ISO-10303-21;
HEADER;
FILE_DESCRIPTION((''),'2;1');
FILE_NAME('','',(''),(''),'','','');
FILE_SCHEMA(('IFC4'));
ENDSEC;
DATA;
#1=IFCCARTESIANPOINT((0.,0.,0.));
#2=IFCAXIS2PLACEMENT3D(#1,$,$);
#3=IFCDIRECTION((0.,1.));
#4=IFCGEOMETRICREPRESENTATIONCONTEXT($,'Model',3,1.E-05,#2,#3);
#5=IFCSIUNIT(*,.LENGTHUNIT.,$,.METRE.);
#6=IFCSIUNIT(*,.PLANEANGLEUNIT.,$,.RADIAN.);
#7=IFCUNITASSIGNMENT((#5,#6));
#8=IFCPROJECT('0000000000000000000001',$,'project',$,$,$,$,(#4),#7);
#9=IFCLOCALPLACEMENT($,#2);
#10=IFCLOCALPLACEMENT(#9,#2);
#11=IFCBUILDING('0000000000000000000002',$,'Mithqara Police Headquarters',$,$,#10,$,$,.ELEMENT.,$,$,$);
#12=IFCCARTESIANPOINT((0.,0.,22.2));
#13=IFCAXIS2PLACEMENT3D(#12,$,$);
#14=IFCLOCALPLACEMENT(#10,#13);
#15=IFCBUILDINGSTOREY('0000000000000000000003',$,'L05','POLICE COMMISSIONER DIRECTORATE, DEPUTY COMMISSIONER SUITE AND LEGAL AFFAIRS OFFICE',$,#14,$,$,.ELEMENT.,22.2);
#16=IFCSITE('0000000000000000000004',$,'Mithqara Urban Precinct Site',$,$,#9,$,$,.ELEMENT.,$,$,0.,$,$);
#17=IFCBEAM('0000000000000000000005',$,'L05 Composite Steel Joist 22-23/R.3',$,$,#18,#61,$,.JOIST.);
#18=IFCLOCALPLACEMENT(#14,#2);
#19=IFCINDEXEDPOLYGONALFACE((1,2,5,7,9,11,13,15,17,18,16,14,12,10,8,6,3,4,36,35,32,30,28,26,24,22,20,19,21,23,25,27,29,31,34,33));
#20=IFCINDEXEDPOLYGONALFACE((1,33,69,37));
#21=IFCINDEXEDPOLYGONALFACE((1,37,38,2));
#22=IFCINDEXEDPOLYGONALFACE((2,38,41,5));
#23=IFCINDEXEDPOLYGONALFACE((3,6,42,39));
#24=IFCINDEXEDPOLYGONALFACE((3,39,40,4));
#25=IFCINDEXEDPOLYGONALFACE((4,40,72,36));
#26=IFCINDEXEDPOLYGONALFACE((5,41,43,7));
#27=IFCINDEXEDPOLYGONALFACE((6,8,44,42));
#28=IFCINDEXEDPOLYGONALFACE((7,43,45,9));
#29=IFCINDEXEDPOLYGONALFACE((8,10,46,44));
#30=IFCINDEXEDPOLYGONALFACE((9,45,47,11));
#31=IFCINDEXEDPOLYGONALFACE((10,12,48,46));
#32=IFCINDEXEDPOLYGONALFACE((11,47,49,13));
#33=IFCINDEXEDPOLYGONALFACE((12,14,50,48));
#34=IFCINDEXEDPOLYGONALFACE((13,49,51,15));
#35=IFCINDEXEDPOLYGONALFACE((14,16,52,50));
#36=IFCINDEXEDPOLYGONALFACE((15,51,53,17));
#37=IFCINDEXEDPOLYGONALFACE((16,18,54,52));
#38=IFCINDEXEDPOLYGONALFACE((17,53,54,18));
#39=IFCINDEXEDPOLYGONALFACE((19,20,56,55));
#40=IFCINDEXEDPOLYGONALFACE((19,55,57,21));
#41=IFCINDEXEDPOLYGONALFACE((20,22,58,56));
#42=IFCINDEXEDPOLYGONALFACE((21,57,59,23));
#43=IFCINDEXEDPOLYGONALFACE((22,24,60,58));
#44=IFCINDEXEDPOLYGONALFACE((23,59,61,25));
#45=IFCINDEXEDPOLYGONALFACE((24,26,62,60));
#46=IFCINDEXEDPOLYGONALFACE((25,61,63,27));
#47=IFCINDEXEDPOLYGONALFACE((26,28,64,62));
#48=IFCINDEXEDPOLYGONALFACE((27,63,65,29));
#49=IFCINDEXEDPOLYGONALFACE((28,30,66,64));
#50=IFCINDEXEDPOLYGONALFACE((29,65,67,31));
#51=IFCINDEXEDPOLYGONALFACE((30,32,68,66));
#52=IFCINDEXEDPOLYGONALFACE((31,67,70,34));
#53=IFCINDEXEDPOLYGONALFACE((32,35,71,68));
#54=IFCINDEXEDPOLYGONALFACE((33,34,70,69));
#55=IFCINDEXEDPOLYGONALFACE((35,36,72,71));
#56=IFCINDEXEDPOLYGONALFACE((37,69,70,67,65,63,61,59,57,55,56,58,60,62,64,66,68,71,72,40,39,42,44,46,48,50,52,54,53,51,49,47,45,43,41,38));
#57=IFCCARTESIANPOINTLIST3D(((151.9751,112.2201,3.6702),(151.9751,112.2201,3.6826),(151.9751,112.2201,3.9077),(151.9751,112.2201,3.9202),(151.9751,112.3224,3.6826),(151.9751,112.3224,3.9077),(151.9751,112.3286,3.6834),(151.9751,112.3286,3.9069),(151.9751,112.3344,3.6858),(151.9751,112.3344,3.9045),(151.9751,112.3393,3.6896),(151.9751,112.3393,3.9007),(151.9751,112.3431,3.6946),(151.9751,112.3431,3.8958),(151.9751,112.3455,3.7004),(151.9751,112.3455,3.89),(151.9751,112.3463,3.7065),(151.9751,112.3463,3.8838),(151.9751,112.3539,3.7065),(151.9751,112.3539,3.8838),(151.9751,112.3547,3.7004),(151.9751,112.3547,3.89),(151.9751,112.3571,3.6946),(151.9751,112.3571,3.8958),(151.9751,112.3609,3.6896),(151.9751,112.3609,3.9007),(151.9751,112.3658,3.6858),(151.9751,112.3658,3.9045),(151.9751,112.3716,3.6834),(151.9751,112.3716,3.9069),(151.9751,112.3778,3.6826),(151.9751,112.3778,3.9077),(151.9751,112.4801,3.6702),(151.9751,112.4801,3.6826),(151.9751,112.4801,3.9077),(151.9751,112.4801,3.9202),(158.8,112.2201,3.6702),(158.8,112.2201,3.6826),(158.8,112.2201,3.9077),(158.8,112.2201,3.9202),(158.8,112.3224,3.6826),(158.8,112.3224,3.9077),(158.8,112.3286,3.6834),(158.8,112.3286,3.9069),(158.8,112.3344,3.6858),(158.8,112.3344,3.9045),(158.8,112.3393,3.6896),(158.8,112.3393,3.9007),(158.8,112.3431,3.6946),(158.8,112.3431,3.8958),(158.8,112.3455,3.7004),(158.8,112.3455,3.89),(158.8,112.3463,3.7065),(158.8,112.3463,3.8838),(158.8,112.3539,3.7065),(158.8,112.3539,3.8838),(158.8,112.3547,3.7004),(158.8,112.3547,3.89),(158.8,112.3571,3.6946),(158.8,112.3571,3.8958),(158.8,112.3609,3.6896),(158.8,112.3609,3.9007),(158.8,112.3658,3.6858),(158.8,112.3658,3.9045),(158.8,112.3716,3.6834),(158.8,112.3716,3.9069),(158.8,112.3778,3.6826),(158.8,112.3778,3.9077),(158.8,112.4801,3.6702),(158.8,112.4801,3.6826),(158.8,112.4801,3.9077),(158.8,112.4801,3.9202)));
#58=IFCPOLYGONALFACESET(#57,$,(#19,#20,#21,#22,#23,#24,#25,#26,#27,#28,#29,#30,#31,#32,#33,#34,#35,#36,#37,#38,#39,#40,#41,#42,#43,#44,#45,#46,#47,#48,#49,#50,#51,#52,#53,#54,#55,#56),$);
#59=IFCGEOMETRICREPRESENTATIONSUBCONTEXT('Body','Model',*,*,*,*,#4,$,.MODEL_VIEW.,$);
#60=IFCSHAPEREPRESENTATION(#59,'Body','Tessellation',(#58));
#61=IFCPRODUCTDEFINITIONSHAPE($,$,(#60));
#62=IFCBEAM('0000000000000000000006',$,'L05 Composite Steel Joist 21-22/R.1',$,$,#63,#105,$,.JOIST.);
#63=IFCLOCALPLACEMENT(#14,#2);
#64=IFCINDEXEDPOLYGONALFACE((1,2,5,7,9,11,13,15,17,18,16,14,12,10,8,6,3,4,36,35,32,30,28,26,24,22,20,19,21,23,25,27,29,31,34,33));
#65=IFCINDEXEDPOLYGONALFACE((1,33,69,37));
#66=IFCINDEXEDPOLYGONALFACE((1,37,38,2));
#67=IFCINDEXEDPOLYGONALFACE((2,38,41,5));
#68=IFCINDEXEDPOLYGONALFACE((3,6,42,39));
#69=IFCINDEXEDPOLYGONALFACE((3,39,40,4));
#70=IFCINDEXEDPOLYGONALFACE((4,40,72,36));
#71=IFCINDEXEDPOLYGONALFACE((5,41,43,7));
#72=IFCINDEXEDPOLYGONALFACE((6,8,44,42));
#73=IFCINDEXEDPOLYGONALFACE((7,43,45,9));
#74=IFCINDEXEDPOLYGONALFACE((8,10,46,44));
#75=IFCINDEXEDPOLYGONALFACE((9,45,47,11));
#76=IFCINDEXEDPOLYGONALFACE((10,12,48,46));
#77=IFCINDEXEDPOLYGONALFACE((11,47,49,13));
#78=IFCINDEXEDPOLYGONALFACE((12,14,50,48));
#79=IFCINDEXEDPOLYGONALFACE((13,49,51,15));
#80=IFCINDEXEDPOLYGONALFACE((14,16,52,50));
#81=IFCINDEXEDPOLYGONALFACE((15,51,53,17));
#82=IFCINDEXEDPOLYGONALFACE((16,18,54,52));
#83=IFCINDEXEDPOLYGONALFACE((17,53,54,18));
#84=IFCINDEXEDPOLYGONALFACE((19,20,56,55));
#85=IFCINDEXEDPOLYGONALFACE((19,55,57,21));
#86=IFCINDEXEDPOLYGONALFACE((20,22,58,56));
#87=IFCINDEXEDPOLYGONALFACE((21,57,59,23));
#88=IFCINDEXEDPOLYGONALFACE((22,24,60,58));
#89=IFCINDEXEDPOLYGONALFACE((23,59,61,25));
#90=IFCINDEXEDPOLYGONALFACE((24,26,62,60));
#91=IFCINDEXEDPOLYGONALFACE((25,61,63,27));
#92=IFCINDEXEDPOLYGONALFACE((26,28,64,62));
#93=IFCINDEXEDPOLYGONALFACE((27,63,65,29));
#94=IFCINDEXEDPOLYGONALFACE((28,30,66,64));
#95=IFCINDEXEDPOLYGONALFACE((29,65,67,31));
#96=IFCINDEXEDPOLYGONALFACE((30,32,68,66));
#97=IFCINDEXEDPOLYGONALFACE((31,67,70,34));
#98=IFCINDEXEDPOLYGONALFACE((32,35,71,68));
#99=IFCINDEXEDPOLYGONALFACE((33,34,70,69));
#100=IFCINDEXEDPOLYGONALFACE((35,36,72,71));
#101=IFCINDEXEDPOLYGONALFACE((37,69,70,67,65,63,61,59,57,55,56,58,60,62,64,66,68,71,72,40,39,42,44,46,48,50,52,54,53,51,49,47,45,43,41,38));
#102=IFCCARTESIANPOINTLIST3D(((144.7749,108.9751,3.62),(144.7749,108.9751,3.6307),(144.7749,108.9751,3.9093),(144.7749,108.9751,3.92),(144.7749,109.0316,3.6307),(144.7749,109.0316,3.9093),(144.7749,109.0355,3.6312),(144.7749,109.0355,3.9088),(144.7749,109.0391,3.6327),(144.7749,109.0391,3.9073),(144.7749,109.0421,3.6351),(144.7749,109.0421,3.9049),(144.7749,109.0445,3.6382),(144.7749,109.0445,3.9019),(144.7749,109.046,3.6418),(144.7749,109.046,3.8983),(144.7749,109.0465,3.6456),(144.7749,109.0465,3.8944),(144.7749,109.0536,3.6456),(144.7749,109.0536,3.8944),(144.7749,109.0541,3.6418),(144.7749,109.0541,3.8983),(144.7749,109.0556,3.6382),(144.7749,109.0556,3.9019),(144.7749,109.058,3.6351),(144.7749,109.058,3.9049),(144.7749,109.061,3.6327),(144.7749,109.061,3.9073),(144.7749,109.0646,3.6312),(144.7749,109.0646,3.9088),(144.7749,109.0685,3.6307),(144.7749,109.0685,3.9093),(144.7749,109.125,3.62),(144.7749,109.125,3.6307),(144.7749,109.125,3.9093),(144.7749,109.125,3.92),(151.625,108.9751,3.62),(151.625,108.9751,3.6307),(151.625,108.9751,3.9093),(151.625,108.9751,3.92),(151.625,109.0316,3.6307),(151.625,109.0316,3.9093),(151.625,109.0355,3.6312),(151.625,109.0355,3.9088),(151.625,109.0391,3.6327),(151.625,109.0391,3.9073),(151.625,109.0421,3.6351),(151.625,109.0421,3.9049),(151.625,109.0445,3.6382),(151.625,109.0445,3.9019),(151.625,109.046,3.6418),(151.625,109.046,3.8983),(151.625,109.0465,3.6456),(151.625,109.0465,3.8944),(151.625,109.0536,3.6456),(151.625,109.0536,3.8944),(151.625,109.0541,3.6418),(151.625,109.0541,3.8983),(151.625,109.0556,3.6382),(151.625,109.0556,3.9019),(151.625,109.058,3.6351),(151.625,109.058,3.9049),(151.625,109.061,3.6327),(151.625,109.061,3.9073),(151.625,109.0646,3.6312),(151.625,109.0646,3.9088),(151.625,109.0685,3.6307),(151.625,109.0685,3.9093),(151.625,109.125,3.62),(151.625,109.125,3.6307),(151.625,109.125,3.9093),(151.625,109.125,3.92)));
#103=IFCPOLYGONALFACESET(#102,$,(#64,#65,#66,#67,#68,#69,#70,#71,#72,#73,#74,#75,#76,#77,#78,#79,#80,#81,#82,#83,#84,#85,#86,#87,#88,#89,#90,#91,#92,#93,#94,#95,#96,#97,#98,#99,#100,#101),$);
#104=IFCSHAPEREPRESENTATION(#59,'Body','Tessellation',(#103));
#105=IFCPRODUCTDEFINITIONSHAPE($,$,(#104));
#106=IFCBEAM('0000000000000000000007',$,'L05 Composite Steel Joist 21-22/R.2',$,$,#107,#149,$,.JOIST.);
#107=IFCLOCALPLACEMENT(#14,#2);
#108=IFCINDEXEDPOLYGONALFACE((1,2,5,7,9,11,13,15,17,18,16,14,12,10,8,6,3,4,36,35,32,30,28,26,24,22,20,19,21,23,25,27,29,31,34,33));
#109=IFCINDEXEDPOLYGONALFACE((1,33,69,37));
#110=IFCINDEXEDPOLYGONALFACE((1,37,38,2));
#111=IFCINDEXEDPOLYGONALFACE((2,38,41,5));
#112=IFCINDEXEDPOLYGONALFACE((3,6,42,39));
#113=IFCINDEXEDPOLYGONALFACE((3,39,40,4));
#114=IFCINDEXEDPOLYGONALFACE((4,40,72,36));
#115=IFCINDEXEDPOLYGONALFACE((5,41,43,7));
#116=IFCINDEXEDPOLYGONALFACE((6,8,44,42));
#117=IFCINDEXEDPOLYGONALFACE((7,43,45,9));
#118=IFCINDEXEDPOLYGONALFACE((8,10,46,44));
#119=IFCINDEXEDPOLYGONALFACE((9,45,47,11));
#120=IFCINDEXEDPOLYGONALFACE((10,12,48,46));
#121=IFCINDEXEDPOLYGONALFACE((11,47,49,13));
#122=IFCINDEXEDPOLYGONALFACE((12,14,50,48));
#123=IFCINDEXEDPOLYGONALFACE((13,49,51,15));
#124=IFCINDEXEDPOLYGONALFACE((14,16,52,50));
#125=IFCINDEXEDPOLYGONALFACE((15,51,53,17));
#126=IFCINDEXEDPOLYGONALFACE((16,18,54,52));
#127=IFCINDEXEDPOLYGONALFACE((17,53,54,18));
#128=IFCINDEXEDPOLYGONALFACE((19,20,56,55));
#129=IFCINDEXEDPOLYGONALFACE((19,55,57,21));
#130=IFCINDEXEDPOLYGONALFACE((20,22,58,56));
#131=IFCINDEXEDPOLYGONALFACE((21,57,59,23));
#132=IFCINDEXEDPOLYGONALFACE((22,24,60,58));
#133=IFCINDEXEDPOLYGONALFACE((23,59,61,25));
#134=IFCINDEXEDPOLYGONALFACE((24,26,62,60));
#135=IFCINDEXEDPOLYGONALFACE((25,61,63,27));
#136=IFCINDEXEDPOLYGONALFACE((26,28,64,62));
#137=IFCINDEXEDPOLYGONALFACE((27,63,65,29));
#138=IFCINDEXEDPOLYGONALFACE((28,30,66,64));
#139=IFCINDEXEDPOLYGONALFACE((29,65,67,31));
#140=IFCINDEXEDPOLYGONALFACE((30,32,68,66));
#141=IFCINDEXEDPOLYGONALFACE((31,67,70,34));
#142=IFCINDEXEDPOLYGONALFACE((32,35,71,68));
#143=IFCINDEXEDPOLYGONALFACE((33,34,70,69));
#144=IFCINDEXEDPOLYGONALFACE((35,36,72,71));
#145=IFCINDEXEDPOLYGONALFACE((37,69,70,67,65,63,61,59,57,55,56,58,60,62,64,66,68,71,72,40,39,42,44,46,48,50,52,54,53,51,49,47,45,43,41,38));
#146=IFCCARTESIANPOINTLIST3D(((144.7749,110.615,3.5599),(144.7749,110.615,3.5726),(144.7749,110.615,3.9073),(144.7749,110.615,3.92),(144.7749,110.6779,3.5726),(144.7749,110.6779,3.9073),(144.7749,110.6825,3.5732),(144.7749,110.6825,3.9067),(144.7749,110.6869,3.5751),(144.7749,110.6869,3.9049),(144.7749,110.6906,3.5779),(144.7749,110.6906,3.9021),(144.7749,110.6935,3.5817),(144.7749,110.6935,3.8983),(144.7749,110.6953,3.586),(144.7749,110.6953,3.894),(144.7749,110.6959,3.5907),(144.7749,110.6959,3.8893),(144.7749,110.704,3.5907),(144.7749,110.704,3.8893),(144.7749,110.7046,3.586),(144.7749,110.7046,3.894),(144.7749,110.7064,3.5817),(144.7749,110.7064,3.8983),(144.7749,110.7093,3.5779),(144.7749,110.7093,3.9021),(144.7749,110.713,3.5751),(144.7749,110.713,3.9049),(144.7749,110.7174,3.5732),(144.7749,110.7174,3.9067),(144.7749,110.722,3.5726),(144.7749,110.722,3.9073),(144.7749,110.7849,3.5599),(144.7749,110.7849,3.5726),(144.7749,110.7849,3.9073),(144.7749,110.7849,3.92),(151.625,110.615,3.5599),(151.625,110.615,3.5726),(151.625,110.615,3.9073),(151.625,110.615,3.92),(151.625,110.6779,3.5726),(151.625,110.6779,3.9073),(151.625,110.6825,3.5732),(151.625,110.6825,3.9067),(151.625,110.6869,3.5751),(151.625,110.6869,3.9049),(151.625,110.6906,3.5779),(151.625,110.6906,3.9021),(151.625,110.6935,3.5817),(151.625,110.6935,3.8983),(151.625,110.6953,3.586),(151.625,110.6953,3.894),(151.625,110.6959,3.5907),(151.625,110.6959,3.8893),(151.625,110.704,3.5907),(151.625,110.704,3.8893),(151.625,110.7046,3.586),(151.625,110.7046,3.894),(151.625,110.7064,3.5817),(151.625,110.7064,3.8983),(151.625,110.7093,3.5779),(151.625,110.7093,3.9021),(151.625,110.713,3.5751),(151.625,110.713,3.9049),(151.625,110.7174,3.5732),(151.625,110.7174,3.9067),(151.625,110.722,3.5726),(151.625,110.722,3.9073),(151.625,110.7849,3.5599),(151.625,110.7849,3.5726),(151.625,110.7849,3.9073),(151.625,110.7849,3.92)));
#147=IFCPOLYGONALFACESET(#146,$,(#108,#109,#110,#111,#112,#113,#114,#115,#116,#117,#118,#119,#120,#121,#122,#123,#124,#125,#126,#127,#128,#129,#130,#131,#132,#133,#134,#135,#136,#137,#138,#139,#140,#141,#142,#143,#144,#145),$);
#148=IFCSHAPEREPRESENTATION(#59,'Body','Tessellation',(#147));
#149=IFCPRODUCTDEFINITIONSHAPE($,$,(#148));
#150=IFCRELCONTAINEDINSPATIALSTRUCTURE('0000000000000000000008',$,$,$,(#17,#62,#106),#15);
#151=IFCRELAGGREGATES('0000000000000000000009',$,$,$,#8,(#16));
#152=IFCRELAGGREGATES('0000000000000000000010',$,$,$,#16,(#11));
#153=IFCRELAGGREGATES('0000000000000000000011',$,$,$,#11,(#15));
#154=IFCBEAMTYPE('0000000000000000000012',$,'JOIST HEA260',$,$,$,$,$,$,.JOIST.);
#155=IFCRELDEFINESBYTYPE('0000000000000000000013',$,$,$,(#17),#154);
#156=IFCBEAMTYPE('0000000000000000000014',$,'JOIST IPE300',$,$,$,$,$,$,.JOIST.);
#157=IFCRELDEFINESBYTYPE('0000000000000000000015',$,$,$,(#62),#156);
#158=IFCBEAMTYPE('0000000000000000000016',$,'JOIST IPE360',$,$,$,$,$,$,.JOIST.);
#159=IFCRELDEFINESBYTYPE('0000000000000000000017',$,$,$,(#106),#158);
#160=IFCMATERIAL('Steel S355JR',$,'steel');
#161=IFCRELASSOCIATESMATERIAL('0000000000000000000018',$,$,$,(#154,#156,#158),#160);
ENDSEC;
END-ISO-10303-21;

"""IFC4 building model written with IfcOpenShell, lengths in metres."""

from ifc_helpers import new_model, si_unit, direction, frame, origin, origin_2d, place, context, subcontext, project, spatial, i_section, extrude, material, material_profile, profile_set, type_object, element, save


model = new_model("IFC4")

# Units and contexts
model_context = context("Model", 3, precision=1e-05, world=origin(), true_north=direction((0.0, 1.0)))
body_context = subcontext(model_context, "Body", "Model", "MODEL_VIEW")
ifc_project = project(units=[si_unit("LENGTHUNIT", "METRE"), si_unit("PLANEANGLEUNIT", "RADIAN")], contexts=[model_context])

# Site, building, storey
site_placement = place(None, origin())
site = spatial("IfcSite", under=ifc_project, at=site_placement, Name="Mithqara Urban Precinct Site", CompositionType="ELEMENT", RefElevation=0.0)
building_placement = place(site_placement, origin())
building = spatial("IfcBuilding", under=site, at=building_placement, Name="Mithqara Police Headquarters", CompositionType="ELEMENT")
storey_placement = place(building_placement, frame((0.0, 0.0, 22.2)))
storey = spatial("IfcBuildingStorey", under=building, at=storey_placement, Name="L05", Description="POLICE COMMISSIONER DIRECTORATE, DEPUTY COMMISSIONER SUITE AND LEGAL AFFAIRS OFFICE", CompositionType="ELEMENT", Elevation=22.2)

# Shared definitions
ifc_material_1 = material(Name="Steel S355JR", Category="steel")

# Beams
ifc_material_profile_1 = material_profile(ifc_material_1, i_section(OverallWidth=0.26, OverallDepth=0.25, WebThickness=0.0076, FlangeThickness=0.0125, FilletRadius=0.0239, at=origin_2d()), Name="HEA 260")
ifc_profile_set_1 = profile_set([ifc_material_profile_1], Name="Steel S355JR")
beam_type_1 = type_object("IfcBeamType", Name="JOIST HEA260", PredefinedType="JOIST", material=ifc_profile_set_1)
beam_1_placement = place(storey_placement, frame((151.9751, 112.3501, 3.7952), z_axis=(1.0, 0.0, 0.0), x_axis=(0.0, 1.0, 0.0)))
element("IfcBeam", 1, at=beam_1_placement, inside=storey, type_object=beam_type_1, Name="L05 Composite Steel Joist 22-23/R.3", PredefinedType="JOIST", context=body_context, shape_type="SweptSolid", body=[
    extrude(i_section(OverallWidth=0.26, OverallDepth=0.25, WebThickness=0.0076, FlangeThickness=0.0125, FilletRadius=0.0239, at=origin_2d()), origin(), (0.0, 0.0, 1.0), 6.825),
])
ifc_material_profile_2 = material_profile(ifc_material_1, i_section(OverallWidth=0.1499, OverallDepth=0.3, WebThickness=0.0071, FlangeThickness=0.0107, FilletRadius=0.0149, at=origin_2d()), Name="IPE 300")
ifc_profile_set_2 = profile_set([ifc_material_profile_2], Name="Steel S355JR")
beam_type_2 = type_object("IfcBeamType", Name="JOIST IPE300", PredefinedType="JOIST", material=ifc_profile_set_2)
beam_2_placement = place(storey_placement, frame((144.7749, 109.05, 3.77), z_axis=(1.0, 0.0, 0.0), x_axis=(0.0, 1.0, 0.0)))
element("IfcBeam", 2, at=beam_2_placement, inside=storey, type_object=beam_type_2, Name="L05 Composite Steel Joist 21-22/R.1", PredefinedType="JOIST", context=body_context, shape_type="SweptSolid", body=[
    extrude(i_section(OverallWidth=0.1499, OverallDepth=0.3, WebThickness=0.0071, FlangeThickness=0.0107, FilletRadius=0.0149, at=origin_2d()), origin(), (0.0, 0.0, 1.0), 6.8501),
])
ifc_material_profile_3 = material_profile(ifc_material_1, i_section(OverallWidth=0.1699, OverallDepth=0.3601, WebThickness=0.0081, FlangeThickness=0.0127, FilletRadius=0.0181, at=origin_2d()), Name="IPE 360")
ifc_profile_set_3 = profile_set([ifc_material_profile_3], Name="Steel S355JR")
beam_type_3 = type_object("IfcBeamType", Name="JOIST IPE360", PredefinedType="JOIST", material=ifc_profile_set_3)
beam_3_placement = place(storey_placement, frame((144.7749, 110.7, 3.74), z_axis=(1.0, 0.0, 0.0), x_axis=(0.0, 1.0, 0.0)))
element("IfcBeam", 3, at=beam_3_placement, inside=storey, type_object=beam_type_3, Name="L05 Composite Steel Joist 21-22/R.2", PredefinedType="JOIST", context=body_context, shape_type="SweptSolid", body=[
    extrude(i_section(OverallWidth=0.1699, OverallDepth=0.3601, WebThickness=0.0081, FlangeThickness=0.0127, FilletRadius=0.0181, at=origin_2d()), origin(), (0.0, 0.0, 1.0), 6.8501),
])

save(model, "model.ifc")
